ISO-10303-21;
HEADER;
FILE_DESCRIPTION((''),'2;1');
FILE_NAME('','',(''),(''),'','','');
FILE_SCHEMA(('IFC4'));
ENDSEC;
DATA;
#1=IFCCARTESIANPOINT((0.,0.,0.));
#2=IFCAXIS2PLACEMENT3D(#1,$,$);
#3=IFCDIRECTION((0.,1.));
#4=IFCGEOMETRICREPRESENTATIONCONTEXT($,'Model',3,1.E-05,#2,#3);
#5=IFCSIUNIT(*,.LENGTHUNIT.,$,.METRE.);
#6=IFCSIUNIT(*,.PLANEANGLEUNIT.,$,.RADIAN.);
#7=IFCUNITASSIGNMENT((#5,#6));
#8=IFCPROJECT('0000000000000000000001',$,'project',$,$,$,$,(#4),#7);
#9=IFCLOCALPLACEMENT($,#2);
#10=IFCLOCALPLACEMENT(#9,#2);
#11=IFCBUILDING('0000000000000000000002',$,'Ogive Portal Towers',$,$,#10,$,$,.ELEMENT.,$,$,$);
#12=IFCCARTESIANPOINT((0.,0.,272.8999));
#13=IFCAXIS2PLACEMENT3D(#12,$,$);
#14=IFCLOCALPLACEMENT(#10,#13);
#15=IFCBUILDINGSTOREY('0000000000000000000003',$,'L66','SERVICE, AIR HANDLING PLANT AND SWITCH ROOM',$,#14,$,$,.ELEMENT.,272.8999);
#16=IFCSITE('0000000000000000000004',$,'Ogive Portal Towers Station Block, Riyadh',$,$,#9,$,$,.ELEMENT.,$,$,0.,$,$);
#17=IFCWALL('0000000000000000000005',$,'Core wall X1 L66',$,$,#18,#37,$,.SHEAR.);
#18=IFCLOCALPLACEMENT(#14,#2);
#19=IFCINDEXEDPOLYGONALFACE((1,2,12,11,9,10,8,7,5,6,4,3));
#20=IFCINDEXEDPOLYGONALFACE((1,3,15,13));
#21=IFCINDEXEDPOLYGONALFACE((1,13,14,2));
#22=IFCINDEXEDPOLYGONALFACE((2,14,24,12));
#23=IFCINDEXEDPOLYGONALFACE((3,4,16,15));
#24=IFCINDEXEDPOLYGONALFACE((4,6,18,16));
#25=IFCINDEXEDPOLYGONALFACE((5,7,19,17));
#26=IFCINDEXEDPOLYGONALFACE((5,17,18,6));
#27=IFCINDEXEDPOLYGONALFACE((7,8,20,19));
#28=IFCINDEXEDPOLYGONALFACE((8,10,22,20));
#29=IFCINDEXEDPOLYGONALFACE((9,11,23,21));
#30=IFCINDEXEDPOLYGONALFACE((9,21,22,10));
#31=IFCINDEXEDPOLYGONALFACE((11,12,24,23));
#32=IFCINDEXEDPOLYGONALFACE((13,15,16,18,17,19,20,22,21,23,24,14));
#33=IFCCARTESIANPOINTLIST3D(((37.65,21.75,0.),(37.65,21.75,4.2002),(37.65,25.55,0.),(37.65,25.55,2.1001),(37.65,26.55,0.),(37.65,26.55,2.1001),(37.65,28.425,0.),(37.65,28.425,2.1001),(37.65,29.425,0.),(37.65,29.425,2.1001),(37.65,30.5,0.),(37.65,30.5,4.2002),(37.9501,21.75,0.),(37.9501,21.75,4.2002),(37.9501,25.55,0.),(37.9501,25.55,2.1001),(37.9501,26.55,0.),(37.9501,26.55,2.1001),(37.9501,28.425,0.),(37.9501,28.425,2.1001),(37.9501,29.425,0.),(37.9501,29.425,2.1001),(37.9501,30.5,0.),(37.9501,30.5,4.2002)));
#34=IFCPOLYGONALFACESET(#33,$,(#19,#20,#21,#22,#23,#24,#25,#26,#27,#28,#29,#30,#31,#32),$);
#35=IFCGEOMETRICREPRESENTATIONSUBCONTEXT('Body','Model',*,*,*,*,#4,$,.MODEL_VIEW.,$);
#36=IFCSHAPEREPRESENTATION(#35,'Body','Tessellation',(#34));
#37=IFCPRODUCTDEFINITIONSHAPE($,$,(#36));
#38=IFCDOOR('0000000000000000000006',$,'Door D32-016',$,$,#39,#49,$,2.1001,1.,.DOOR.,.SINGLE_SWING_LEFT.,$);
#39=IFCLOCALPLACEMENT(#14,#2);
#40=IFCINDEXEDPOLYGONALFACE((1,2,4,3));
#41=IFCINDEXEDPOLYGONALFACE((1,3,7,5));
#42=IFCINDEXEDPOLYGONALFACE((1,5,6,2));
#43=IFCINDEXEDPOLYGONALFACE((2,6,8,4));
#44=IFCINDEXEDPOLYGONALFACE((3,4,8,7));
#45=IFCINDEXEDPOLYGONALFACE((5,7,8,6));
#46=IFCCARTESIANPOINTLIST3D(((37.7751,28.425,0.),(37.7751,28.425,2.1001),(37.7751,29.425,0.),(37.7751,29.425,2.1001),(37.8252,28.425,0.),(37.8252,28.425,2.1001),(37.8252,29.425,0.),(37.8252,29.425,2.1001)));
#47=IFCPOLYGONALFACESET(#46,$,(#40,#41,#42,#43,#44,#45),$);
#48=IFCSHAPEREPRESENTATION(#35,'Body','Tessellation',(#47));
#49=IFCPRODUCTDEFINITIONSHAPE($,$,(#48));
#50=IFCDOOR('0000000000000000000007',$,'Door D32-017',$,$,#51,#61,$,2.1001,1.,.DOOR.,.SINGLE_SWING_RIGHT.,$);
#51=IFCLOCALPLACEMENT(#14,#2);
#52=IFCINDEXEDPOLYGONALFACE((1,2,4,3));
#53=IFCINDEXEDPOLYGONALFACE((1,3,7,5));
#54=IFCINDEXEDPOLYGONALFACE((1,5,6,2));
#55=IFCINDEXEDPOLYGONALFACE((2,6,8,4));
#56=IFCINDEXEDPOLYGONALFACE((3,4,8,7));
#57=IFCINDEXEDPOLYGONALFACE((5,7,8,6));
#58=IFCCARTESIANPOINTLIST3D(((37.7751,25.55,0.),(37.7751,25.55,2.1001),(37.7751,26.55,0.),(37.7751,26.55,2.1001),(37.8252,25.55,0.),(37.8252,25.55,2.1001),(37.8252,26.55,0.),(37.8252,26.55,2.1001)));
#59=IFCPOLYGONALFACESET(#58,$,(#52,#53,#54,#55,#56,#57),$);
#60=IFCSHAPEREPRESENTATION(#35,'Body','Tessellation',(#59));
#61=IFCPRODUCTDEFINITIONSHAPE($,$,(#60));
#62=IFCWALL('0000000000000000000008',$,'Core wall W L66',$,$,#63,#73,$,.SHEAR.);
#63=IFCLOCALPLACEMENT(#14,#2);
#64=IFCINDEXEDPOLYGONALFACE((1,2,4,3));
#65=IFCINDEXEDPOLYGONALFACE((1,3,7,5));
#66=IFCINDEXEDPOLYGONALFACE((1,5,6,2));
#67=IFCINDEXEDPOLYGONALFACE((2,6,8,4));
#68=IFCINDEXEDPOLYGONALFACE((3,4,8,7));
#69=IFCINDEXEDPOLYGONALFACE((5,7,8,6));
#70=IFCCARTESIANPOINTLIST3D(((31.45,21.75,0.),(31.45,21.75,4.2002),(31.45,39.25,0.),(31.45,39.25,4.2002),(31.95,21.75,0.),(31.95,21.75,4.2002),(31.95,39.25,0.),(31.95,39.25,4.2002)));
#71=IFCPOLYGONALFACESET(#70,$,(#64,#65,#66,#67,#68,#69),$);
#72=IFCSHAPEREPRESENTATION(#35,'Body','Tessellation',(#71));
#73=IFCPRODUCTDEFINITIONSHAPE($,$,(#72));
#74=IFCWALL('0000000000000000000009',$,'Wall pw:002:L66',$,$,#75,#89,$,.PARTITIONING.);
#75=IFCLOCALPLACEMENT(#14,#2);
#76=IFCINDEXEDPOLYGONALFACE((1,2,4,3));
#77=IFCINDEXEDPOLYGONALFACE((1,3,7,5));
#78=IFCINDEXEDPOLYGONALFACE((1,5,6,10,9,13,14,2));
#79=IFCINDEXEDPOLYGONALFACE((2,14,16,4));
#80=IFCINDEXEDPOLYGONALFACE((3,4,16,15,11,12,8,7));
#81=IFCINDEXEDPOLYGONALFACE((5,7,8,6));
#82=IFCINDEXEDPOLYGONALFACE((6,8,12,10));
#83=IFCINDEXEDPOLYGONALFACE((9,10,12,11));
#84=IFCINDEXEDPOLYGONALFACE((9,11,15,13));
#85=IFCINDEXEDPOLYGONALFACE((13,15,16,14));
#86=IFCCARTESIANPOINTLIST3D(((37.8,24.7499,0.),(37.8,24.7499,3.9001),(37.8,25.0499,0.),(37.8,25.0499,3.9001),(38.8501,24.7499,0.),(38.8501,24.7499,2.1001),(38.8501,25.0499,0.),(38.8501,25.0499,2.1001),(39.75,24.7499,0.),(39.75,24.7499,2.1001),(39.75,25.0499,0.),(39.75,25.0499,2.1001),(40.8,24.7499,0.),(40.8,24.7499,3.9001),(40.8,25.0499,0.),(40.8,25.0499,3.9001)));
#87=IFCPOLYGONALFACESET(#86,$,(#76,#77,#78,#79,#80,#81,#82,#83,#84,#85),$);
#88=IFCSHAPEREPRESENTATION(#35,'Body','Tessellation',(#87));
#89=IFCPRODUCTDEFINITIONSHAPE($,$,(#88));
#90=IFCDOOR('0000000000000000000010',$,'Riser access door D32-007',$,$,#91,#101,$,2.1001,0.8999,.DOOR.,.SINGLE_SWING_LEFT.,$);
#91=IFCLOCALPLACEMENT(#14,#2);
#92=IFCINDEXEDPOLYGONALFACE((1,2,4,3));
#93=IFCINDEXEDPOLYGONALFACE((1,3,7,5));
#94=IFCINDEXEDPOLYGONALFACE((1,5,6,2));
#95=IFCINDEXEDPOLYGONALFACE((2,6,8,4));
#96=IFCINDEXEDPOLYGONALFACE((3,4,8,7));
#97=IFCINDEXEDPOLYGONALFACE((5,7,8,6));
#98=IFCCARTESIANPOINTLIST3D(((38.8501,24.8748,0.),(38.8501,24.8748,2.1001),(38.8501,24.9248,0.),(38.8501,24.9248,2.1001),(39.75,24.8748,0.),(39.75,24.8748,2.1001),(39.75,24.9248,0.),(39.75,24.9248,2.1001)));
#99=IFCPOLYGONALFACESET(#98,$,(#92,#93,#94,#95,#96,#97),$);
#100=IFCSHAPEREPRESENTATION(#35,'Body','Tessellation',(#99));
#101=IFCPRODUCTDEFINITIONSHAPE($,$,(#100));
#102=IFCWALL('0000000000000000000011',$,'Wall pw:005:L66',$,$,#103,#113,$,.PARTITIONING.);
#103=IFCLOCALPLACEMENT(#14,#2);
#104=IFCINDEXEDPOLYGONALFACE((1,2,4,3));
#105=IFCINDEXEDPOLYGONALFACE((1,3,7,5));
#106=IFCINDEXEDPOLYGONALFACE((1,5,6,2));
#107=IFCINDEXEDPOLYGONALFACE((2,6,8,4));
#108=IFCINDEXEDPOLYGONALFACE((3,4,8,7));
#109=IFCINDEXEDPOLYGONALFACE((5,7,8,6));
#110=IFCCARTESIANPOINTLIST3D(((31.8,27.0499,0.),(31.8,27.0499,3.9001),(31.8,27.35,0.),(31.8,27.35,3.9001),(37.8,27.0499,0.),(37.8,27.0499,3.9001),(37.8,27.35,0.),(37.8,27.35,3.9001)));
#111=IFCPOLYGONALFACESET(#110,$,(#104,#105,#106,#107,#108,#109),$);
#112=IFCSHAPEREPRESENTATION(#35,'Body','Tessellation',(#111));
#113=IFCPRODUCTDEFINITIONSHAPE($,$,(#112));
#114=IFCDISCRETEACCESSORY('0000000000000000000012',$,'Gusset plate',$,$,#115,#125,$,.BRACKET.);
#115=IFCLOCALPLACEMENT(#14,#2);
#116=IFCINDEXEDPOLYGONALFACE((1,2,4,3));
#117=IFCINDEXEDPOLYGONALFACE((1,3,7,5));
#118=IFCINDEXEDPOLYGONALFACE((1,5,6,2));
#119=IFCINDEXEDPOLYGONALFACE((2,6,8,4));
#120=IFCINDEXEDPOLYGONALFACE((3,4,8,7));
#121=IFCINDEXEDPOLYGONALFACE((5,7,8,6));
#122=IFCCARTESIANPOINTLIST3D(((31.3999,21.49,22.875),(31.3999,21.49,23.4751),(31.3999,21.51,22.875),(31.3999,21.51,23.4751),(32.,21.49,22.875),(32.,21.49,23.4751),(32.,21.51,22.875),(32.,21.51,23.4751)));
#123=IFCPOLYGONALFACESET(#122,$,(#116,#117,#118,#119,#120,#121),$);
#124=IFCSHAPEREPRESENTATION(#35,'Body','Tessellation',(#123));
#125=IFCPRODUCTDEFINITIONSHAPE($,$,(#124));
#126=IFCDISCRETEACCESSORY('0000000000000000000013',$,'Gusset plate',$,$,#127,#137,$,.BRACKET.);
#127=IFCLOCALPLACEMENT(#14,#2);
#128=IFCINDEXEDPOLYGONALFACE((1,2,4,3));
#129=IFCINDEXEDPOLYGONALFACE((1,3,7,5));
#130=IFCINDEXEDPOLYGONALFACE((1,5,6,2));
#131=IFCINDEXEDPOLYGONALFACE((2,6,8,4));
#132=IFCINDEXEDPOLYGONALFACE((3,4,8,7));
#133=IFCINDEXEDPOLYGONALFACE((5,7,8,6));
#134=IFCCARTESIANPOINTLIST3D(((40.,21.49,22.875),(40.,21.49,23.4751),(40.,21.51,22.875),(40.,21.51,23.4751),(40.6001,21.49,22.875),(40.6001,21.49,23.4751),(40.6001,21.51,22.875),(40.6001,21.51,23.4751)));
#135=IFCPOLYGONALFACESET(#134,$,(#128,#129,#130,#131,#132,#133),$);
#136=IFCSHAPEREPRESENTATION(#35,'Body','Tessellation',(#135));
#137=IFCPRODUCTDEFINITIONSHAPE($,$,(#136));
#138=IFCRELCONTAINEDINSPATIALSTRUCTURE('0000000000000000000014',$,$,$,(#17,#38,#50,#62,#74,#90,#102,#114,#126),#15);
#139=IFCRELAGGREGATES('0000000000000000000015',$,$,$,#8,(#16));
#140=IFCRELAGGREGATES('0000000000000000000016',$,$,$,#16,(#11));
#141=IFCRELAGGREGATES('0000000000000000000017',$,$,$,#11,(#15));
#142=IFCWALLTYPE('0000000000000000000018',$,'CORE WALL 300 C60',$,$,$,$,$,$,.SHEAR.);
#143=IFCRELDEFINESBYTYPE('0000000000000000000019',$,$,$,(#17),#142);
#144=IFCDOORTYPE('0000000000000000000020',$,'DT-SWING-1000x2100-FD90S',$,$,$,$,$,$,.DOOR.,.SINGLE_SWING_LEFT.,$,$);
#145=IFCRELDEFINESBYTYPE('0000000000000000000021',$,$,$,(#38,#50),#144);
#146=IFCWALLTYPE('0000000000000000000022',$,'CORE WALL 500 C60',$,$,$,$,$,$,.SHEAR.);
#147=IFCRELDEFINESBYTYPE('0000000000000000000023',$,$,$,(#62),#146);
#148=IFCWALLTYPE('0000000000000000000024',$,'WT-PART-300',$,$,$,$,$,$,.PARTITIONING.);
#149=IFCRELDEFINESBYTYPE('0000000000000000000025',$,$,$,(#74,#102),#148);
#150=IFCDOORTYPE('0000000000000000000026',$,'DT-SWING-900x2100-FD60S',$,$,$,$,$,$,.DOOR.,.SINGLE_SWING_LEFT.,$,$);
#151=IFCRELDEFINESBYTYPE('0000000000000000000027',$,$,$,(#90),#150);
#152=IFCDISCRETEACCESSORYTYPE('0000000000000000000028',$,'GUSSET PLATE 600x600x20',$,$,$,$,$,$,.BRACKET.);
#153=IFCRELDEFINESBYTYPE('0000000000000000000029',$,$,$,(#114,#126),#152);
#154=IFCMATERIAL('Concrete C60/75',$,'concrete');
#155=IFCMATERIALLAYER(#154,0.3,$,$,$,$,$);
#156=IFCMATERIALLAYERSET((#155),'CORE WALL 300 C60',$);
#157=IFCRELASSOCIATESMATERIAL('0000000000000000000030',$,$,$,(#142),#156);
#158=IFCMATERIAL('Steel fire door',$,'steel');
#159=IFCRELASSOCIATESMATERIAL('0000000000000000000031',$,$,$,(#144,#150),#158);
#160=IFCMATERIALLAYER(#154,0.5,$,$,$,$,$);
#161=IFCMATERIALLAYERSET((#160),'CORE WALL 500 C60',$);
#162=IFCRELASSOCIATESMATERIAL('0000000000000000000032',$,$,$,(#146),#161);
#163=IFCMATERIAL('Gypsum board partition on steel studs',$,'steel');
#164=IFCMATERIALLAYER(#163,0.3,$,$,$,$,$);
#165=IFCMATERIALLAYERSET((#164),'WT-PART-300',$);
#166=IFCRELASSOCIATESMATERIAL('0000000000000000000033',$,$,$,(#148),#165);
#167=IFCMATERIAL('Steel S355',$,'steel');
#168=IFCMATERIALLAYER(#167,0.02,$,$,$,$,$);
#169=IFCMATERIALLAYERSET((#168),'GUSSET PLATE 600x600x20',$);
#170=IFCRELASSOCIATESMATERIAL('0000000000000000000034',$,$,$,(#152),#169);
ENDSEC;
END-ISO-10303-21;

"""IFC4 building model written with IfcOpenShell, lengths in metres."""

from ifc_helpers import new_model, si_unit, direction, frame, frame_2d, origin, origin_2d, place, context, subcontext, project, spatial, rectangle, extrude, material, layer, layer_set, type_object, element, fill, save


model = new_model("IFC4")

# Units and contexts
model_context = context("Model", 3, precision=1e-05, world=origin(), true_north=direction((0.0, 1.0)))
body_context = subcontext(model_context, "Body", "Model", "MODEL_VIEW")
ifc_project = project(units=[si_unit("LENGTHUNIT", "METRE"), si_unit("PLANEANGLEUNIT", "RADIAN")], contexts=[model_context])

# Site, building, storey
site_placement = place(None, origin())
site = spatial("IfcSite", under=ifc_project, at=site_placement, Name="Ogive Portal Towers Station Block, Riyadh", CompositionType="ELEMENT", RefElevation=0.0)
building_placement = place(site_placement, origin())
building = spatial("IfcBuilding", under=site, at=building_placement, Name="Ogive Portal Towers", CompositionType="ELEMENT")
storey_placement = place(building_placement, frame((0.0, 0.0, 272.8999)))
storey = spatial("IfcBuildingStorey", under=building, at=storey_placement, Name="L66", Description="SERVICE, AIR HANDLING PLANT AND SWITCH ROOM", CompositionType="ELEMENT", Elevation=272.8999)

# Shared definitions
ifc_material_1 = material(Name="Steel S355", Category="steel")

# Wall, openings, doors
ifc_material_2 = material(Name="Concrete C60/75", Category="concrete")
ifc_layer_1 = layer(ifc_material_2, 0.3)
ifc_layer_set_1 = layer_set([ifc_layer_1], Name="CORE WALL 300 C60")
wall_type_1 = type_object("IfcWallType", Name="CORE WALL 300 C60", PredefinedType="SHEAR", material=ifc_layer_set_1)
wall_1_placement = place(storey_placement, frame((37.8, 21.75, 0.0), z_axis=(0.0, 0.0, 1.0), x_axis=(0.0, 1.0, 0.0)))
wall_1 = element("IfcWall", 1, at=wall_1_placement, inside=storey, type_object=wall_type_1, Name="Core wall X1 L66", PredefinedType="SHEAR", context=body_context, shape_type="SweptSolid", body=[
    extrude(rectangle(XDim=8.75, YDim=0.3, at=frame_2d((4.375, 0.0))), origin(), (0.0, 0.0, 1.0), 4.2002),
])
opening_1_placement = place(wall_1_placement, frame((6.675, 0.0, 0.0)))
opening_1 = element("IfcOpeningElement", 2, at=opening_1_placement, cuts=wall_1, PredefinedType="OPENING", context=body_context, shape_type="SweptSolid", body=[
    extrude(rectangle(XDim=1.0, YDim=2.1001, at=frame_2d((0.5, 1.05))), frame((0.0, 0.1602, 0.0), z_axis=(0.0, -1.0, 0.0), x_axis=(1.0, 0.0, 0.0)), (0.0, 0.0, 1.0), 0.3201),
])
opening_2_placement = place(wall_1_placement, frame((3.8, 0.0, 0.0)))
opening_2 = element("IfcOpeningElement", 3, at=opening_2_placement, cuts=wall_1, PredefinedType="OPENING", context=body_context, shape_type="SweptSolid", body=[
    extrude(rectangle(XDim=1.0, YDim=2.1001, at=frame_2d((0.5, 1.05))), frame((0.0, 0.1602, 0.0), z_axis=(0.0, -1.0, 0.0), x_axis=(1.0, 0.0, 0.0)), (0.0, 0.0, 1.0), 0.3201),
])
ifc_material_3 = material(Name="Steel fire door", Category="steel")
door_type_1 = type_object("IfcDoorType", Name="DT-SWING-1000x2100-FD90S", OperationType="SINGLE_SWING_LEFT", PredefinedType="DOOR", material=ifc_material_3)
door_1_placement = place(opening_1_placement, origin())
door_1 = element("IfcDoor", 4, at=door_1_placement, inside=storey, type_object=door_type_1, Name="Door D32-016", OperationType="SINGLE_SWING_LEFT", OverallHeight=2.1001, OverallWidth=1.0, PredefinedType="DOOR", context=body_context, shape_type="SweptSolid", body=[
    extrude(rectangle(XDim=1.0, YDim=2.1001, at=frame_2d((0.5, 1.05))), frame((0.0, 0.0249, 0.0), z_axis=(0.0, -1.0, 0.0), x_axis=(1.0, 0.0, 0.0)), (0.0, 0.0, 1.0), 0.05),
])
fill(opening_1, door_1)
door_2_placement = place(opening_2_placement, origin())
door_2 = element("IfcDoor", 5, at=door_2_placement, inside=storey, type_object=door_type_1, Name="Door D32-017", OperationType="SINGLE_SWING_RIGHT", OverallHeight=2.1001, OverallWidth=1.0, PredefinedType="DOOR", context=body_context, shape_type="SweptSolid", body=[
    extrude(rectangle(XDim=1.0, YDim=2.1001, at=frame_2d((0.5, 1.05))), frame((0.0, 0.0249, 0.0), z_axis=(0.0, -1.0, 0.0), x_axis=(1.0, 0.0, 0.0)), (0.0, 0.0, 1.0), 0.05),
])
fill(opening_2, door_2)

# Wall
ifc_layer_2 = layer(ifc_material_2, 0.5)
ifc_layer_set_2 = layer_set([ifc_layer_2], Name="CORE WALL 500 C60")
wall_type_2 = type_object("IfcWallType", Name="CORE WALL 500 C60", PredefinedType="SHEAR", material=ifc_layer_set_2)
wall_2_placement = place(storey_placement, frame((31.7, 21.75, 0.0), z_axis=(0.0, 0.0, 1.0), x_axis=(0.0, 1.0, 0.0)))
element("IfcWall", 6, at=wall_2_placement, inside=storey, type_object=wall_type_2, Name="Core wall W L66", PredefinedType="SHEAR", context=body_context, shape_type="SweptSolid", body=[
    extrude(rectangle(XDim=17.5, YDim=0.5, at=frame_2d((8.75, 0.0))), origin(), (0.0, 0.0, 1.0), 4.2002),
])

# Wall, opening, door
ifc_material_4 = material(Name="Gypsum board partition on steel studs", Category="steel")
ifc_layer_3 = layer(ifc_material_4, 0.3)
ifc_layer_set_3 = layer_set([ifc_layer_3], Name="WT-PART-300")
wall_type_3 = type_object("IfcWallType", Name="WT-PART-300", PredefinedType="PARTITIONING", material=ifc_layer_set_3)
wall_3_placement = place(storey_placement, frame((37.8, 24.8999, 0.0), z_axis=(0.0, 0.0, 1.0), x_axis=(1.0, 0.0, 0.0)))
wall_3 = element("IfcWall", 7, at=wall_3_placement, inside=storey, type_object=wall_type_3, Name="Wall pw:002:L66", PredefinedType="PARTITIONING", context=body_context, shape_type="SweptSolid", body=[
    extrude(rectangle(XDim=3.0, YDim=0.3, at=frame_2d((1.5, 0.0))), origin(), (0.0, 0.0, 1.0), 3.9001),
])
opening_3_placement = place(wall_3_placement, frame((1.05, 0.0, 0.0)))
opening_3 = element("IfcOpeningElement", 8, at=opening_3_placement, cuts=wall_3, PredefinedType="OPENING", context=body_context, shape_type="SweptSolid", body=[
    extrude(rectangle(XDim=0.8999, YDim=2.1001, at=frame_2d((0.45, 1.05))), frame((0.0, 0.1602, 0.0), z_axis=(0.0, -1.0, 0.0), x_axis=(1.0, 0.0, 0.0)), (0.0, 0.0, 1.0), 0.3201),
])
door_type_2 = type_object("IfcDoorType", Name="DT-SWING-900x2100-FD60S", OperationType="SINGLE_SWING_LEFT", PredefinedType="DOOR", material=ifc_material_3)
door_3_placement = place(opening_3_placement, origin())
door_3 = element("IfcDoor", 9, at=door_3_placement, inside=storey, type_object=door_type_2, Name="Riser access door D32-007", OperationType="SINGLE_SWING_LEFT", OverallHeight=2.1001, OverallWidth=0.8999, PredefinedType="DOOR", context=body_context, shape_type="SweptSolid", body=[
    extrude(rectangle(XDim=0.8999, YDim=2.1001, at=frame_2d((0.45, 1.05))), frame((0.0, 0.0249, 0.0), z_axis=(0.0, -1.0, 0.0), x_axis=(1.0, 0.0, 0.0)), (0.0, 0.0, 1.0), 0.05),
])
fill(opening_3, door_3)

# Wall
wall_4_placement = place(storey_placement, frame((31.8, 27.2, 0.0), z_axis=(0.0, 0.0, 1.0), x_axis=(1.0, 0.0, 0.0)))
element("IfcWall", 10, at=wall_4_placement, inside=storey, type_object=wall_type_3, Name="Wall pw:005:L66", PredefinedType="PARTITIONING", context=body_context, shape_type="SweptSolid", body=[
    extrude(rectangle(XDim=6.0, YDim=0.3, at=frame_2d((3.0, 0.0))), origin(), (0.0, 0.0, 1.0), 3.9001),
])

# Discrete accessories
ifc_layer_4 = layer(ifc_material_1, 0.02)
ifc_layer_set_4 = layer_set([ifc_layer_4], Name="GUSSET PLATE 600x600x20")
discrete_accessory_type = type_object("IfcDiscreteAccessoryType", Name="GUSSET PLATE 600x600x20", PredefinedType="BRACKET", material=ifc_layer_set_4)
for number, where, z_axis, x_axis, name in (
    (11, (31.7, 21.5, 22.875), (0.0, 0.0, 1.0), (1.0, 0.0, 0.0), "Gusset plate"),
    (12, (40.3, 21.5, 22.875), (0.0, 0.0, 1.0), (1.0, 0.0, 0.0), "Gusset plate"),
):
    element("IfcDiscreteAccessory", number, at=place(storey_placement, frame(where, z_axis=z_axis, x_axis=x_axis)), inside=storey, type_object=discrete_accessory_type, Name=name, PredefinedType="BRACKET", context=body_context, shape_type="SweptSolid", body=[
        extrude(rectangle(XDim=0.6001, YDim=0.02, at=origin_2d()), origin(), (0.0, 0.0, 1.0), 0.6001),
    ])

save(model, "model.ifc")
